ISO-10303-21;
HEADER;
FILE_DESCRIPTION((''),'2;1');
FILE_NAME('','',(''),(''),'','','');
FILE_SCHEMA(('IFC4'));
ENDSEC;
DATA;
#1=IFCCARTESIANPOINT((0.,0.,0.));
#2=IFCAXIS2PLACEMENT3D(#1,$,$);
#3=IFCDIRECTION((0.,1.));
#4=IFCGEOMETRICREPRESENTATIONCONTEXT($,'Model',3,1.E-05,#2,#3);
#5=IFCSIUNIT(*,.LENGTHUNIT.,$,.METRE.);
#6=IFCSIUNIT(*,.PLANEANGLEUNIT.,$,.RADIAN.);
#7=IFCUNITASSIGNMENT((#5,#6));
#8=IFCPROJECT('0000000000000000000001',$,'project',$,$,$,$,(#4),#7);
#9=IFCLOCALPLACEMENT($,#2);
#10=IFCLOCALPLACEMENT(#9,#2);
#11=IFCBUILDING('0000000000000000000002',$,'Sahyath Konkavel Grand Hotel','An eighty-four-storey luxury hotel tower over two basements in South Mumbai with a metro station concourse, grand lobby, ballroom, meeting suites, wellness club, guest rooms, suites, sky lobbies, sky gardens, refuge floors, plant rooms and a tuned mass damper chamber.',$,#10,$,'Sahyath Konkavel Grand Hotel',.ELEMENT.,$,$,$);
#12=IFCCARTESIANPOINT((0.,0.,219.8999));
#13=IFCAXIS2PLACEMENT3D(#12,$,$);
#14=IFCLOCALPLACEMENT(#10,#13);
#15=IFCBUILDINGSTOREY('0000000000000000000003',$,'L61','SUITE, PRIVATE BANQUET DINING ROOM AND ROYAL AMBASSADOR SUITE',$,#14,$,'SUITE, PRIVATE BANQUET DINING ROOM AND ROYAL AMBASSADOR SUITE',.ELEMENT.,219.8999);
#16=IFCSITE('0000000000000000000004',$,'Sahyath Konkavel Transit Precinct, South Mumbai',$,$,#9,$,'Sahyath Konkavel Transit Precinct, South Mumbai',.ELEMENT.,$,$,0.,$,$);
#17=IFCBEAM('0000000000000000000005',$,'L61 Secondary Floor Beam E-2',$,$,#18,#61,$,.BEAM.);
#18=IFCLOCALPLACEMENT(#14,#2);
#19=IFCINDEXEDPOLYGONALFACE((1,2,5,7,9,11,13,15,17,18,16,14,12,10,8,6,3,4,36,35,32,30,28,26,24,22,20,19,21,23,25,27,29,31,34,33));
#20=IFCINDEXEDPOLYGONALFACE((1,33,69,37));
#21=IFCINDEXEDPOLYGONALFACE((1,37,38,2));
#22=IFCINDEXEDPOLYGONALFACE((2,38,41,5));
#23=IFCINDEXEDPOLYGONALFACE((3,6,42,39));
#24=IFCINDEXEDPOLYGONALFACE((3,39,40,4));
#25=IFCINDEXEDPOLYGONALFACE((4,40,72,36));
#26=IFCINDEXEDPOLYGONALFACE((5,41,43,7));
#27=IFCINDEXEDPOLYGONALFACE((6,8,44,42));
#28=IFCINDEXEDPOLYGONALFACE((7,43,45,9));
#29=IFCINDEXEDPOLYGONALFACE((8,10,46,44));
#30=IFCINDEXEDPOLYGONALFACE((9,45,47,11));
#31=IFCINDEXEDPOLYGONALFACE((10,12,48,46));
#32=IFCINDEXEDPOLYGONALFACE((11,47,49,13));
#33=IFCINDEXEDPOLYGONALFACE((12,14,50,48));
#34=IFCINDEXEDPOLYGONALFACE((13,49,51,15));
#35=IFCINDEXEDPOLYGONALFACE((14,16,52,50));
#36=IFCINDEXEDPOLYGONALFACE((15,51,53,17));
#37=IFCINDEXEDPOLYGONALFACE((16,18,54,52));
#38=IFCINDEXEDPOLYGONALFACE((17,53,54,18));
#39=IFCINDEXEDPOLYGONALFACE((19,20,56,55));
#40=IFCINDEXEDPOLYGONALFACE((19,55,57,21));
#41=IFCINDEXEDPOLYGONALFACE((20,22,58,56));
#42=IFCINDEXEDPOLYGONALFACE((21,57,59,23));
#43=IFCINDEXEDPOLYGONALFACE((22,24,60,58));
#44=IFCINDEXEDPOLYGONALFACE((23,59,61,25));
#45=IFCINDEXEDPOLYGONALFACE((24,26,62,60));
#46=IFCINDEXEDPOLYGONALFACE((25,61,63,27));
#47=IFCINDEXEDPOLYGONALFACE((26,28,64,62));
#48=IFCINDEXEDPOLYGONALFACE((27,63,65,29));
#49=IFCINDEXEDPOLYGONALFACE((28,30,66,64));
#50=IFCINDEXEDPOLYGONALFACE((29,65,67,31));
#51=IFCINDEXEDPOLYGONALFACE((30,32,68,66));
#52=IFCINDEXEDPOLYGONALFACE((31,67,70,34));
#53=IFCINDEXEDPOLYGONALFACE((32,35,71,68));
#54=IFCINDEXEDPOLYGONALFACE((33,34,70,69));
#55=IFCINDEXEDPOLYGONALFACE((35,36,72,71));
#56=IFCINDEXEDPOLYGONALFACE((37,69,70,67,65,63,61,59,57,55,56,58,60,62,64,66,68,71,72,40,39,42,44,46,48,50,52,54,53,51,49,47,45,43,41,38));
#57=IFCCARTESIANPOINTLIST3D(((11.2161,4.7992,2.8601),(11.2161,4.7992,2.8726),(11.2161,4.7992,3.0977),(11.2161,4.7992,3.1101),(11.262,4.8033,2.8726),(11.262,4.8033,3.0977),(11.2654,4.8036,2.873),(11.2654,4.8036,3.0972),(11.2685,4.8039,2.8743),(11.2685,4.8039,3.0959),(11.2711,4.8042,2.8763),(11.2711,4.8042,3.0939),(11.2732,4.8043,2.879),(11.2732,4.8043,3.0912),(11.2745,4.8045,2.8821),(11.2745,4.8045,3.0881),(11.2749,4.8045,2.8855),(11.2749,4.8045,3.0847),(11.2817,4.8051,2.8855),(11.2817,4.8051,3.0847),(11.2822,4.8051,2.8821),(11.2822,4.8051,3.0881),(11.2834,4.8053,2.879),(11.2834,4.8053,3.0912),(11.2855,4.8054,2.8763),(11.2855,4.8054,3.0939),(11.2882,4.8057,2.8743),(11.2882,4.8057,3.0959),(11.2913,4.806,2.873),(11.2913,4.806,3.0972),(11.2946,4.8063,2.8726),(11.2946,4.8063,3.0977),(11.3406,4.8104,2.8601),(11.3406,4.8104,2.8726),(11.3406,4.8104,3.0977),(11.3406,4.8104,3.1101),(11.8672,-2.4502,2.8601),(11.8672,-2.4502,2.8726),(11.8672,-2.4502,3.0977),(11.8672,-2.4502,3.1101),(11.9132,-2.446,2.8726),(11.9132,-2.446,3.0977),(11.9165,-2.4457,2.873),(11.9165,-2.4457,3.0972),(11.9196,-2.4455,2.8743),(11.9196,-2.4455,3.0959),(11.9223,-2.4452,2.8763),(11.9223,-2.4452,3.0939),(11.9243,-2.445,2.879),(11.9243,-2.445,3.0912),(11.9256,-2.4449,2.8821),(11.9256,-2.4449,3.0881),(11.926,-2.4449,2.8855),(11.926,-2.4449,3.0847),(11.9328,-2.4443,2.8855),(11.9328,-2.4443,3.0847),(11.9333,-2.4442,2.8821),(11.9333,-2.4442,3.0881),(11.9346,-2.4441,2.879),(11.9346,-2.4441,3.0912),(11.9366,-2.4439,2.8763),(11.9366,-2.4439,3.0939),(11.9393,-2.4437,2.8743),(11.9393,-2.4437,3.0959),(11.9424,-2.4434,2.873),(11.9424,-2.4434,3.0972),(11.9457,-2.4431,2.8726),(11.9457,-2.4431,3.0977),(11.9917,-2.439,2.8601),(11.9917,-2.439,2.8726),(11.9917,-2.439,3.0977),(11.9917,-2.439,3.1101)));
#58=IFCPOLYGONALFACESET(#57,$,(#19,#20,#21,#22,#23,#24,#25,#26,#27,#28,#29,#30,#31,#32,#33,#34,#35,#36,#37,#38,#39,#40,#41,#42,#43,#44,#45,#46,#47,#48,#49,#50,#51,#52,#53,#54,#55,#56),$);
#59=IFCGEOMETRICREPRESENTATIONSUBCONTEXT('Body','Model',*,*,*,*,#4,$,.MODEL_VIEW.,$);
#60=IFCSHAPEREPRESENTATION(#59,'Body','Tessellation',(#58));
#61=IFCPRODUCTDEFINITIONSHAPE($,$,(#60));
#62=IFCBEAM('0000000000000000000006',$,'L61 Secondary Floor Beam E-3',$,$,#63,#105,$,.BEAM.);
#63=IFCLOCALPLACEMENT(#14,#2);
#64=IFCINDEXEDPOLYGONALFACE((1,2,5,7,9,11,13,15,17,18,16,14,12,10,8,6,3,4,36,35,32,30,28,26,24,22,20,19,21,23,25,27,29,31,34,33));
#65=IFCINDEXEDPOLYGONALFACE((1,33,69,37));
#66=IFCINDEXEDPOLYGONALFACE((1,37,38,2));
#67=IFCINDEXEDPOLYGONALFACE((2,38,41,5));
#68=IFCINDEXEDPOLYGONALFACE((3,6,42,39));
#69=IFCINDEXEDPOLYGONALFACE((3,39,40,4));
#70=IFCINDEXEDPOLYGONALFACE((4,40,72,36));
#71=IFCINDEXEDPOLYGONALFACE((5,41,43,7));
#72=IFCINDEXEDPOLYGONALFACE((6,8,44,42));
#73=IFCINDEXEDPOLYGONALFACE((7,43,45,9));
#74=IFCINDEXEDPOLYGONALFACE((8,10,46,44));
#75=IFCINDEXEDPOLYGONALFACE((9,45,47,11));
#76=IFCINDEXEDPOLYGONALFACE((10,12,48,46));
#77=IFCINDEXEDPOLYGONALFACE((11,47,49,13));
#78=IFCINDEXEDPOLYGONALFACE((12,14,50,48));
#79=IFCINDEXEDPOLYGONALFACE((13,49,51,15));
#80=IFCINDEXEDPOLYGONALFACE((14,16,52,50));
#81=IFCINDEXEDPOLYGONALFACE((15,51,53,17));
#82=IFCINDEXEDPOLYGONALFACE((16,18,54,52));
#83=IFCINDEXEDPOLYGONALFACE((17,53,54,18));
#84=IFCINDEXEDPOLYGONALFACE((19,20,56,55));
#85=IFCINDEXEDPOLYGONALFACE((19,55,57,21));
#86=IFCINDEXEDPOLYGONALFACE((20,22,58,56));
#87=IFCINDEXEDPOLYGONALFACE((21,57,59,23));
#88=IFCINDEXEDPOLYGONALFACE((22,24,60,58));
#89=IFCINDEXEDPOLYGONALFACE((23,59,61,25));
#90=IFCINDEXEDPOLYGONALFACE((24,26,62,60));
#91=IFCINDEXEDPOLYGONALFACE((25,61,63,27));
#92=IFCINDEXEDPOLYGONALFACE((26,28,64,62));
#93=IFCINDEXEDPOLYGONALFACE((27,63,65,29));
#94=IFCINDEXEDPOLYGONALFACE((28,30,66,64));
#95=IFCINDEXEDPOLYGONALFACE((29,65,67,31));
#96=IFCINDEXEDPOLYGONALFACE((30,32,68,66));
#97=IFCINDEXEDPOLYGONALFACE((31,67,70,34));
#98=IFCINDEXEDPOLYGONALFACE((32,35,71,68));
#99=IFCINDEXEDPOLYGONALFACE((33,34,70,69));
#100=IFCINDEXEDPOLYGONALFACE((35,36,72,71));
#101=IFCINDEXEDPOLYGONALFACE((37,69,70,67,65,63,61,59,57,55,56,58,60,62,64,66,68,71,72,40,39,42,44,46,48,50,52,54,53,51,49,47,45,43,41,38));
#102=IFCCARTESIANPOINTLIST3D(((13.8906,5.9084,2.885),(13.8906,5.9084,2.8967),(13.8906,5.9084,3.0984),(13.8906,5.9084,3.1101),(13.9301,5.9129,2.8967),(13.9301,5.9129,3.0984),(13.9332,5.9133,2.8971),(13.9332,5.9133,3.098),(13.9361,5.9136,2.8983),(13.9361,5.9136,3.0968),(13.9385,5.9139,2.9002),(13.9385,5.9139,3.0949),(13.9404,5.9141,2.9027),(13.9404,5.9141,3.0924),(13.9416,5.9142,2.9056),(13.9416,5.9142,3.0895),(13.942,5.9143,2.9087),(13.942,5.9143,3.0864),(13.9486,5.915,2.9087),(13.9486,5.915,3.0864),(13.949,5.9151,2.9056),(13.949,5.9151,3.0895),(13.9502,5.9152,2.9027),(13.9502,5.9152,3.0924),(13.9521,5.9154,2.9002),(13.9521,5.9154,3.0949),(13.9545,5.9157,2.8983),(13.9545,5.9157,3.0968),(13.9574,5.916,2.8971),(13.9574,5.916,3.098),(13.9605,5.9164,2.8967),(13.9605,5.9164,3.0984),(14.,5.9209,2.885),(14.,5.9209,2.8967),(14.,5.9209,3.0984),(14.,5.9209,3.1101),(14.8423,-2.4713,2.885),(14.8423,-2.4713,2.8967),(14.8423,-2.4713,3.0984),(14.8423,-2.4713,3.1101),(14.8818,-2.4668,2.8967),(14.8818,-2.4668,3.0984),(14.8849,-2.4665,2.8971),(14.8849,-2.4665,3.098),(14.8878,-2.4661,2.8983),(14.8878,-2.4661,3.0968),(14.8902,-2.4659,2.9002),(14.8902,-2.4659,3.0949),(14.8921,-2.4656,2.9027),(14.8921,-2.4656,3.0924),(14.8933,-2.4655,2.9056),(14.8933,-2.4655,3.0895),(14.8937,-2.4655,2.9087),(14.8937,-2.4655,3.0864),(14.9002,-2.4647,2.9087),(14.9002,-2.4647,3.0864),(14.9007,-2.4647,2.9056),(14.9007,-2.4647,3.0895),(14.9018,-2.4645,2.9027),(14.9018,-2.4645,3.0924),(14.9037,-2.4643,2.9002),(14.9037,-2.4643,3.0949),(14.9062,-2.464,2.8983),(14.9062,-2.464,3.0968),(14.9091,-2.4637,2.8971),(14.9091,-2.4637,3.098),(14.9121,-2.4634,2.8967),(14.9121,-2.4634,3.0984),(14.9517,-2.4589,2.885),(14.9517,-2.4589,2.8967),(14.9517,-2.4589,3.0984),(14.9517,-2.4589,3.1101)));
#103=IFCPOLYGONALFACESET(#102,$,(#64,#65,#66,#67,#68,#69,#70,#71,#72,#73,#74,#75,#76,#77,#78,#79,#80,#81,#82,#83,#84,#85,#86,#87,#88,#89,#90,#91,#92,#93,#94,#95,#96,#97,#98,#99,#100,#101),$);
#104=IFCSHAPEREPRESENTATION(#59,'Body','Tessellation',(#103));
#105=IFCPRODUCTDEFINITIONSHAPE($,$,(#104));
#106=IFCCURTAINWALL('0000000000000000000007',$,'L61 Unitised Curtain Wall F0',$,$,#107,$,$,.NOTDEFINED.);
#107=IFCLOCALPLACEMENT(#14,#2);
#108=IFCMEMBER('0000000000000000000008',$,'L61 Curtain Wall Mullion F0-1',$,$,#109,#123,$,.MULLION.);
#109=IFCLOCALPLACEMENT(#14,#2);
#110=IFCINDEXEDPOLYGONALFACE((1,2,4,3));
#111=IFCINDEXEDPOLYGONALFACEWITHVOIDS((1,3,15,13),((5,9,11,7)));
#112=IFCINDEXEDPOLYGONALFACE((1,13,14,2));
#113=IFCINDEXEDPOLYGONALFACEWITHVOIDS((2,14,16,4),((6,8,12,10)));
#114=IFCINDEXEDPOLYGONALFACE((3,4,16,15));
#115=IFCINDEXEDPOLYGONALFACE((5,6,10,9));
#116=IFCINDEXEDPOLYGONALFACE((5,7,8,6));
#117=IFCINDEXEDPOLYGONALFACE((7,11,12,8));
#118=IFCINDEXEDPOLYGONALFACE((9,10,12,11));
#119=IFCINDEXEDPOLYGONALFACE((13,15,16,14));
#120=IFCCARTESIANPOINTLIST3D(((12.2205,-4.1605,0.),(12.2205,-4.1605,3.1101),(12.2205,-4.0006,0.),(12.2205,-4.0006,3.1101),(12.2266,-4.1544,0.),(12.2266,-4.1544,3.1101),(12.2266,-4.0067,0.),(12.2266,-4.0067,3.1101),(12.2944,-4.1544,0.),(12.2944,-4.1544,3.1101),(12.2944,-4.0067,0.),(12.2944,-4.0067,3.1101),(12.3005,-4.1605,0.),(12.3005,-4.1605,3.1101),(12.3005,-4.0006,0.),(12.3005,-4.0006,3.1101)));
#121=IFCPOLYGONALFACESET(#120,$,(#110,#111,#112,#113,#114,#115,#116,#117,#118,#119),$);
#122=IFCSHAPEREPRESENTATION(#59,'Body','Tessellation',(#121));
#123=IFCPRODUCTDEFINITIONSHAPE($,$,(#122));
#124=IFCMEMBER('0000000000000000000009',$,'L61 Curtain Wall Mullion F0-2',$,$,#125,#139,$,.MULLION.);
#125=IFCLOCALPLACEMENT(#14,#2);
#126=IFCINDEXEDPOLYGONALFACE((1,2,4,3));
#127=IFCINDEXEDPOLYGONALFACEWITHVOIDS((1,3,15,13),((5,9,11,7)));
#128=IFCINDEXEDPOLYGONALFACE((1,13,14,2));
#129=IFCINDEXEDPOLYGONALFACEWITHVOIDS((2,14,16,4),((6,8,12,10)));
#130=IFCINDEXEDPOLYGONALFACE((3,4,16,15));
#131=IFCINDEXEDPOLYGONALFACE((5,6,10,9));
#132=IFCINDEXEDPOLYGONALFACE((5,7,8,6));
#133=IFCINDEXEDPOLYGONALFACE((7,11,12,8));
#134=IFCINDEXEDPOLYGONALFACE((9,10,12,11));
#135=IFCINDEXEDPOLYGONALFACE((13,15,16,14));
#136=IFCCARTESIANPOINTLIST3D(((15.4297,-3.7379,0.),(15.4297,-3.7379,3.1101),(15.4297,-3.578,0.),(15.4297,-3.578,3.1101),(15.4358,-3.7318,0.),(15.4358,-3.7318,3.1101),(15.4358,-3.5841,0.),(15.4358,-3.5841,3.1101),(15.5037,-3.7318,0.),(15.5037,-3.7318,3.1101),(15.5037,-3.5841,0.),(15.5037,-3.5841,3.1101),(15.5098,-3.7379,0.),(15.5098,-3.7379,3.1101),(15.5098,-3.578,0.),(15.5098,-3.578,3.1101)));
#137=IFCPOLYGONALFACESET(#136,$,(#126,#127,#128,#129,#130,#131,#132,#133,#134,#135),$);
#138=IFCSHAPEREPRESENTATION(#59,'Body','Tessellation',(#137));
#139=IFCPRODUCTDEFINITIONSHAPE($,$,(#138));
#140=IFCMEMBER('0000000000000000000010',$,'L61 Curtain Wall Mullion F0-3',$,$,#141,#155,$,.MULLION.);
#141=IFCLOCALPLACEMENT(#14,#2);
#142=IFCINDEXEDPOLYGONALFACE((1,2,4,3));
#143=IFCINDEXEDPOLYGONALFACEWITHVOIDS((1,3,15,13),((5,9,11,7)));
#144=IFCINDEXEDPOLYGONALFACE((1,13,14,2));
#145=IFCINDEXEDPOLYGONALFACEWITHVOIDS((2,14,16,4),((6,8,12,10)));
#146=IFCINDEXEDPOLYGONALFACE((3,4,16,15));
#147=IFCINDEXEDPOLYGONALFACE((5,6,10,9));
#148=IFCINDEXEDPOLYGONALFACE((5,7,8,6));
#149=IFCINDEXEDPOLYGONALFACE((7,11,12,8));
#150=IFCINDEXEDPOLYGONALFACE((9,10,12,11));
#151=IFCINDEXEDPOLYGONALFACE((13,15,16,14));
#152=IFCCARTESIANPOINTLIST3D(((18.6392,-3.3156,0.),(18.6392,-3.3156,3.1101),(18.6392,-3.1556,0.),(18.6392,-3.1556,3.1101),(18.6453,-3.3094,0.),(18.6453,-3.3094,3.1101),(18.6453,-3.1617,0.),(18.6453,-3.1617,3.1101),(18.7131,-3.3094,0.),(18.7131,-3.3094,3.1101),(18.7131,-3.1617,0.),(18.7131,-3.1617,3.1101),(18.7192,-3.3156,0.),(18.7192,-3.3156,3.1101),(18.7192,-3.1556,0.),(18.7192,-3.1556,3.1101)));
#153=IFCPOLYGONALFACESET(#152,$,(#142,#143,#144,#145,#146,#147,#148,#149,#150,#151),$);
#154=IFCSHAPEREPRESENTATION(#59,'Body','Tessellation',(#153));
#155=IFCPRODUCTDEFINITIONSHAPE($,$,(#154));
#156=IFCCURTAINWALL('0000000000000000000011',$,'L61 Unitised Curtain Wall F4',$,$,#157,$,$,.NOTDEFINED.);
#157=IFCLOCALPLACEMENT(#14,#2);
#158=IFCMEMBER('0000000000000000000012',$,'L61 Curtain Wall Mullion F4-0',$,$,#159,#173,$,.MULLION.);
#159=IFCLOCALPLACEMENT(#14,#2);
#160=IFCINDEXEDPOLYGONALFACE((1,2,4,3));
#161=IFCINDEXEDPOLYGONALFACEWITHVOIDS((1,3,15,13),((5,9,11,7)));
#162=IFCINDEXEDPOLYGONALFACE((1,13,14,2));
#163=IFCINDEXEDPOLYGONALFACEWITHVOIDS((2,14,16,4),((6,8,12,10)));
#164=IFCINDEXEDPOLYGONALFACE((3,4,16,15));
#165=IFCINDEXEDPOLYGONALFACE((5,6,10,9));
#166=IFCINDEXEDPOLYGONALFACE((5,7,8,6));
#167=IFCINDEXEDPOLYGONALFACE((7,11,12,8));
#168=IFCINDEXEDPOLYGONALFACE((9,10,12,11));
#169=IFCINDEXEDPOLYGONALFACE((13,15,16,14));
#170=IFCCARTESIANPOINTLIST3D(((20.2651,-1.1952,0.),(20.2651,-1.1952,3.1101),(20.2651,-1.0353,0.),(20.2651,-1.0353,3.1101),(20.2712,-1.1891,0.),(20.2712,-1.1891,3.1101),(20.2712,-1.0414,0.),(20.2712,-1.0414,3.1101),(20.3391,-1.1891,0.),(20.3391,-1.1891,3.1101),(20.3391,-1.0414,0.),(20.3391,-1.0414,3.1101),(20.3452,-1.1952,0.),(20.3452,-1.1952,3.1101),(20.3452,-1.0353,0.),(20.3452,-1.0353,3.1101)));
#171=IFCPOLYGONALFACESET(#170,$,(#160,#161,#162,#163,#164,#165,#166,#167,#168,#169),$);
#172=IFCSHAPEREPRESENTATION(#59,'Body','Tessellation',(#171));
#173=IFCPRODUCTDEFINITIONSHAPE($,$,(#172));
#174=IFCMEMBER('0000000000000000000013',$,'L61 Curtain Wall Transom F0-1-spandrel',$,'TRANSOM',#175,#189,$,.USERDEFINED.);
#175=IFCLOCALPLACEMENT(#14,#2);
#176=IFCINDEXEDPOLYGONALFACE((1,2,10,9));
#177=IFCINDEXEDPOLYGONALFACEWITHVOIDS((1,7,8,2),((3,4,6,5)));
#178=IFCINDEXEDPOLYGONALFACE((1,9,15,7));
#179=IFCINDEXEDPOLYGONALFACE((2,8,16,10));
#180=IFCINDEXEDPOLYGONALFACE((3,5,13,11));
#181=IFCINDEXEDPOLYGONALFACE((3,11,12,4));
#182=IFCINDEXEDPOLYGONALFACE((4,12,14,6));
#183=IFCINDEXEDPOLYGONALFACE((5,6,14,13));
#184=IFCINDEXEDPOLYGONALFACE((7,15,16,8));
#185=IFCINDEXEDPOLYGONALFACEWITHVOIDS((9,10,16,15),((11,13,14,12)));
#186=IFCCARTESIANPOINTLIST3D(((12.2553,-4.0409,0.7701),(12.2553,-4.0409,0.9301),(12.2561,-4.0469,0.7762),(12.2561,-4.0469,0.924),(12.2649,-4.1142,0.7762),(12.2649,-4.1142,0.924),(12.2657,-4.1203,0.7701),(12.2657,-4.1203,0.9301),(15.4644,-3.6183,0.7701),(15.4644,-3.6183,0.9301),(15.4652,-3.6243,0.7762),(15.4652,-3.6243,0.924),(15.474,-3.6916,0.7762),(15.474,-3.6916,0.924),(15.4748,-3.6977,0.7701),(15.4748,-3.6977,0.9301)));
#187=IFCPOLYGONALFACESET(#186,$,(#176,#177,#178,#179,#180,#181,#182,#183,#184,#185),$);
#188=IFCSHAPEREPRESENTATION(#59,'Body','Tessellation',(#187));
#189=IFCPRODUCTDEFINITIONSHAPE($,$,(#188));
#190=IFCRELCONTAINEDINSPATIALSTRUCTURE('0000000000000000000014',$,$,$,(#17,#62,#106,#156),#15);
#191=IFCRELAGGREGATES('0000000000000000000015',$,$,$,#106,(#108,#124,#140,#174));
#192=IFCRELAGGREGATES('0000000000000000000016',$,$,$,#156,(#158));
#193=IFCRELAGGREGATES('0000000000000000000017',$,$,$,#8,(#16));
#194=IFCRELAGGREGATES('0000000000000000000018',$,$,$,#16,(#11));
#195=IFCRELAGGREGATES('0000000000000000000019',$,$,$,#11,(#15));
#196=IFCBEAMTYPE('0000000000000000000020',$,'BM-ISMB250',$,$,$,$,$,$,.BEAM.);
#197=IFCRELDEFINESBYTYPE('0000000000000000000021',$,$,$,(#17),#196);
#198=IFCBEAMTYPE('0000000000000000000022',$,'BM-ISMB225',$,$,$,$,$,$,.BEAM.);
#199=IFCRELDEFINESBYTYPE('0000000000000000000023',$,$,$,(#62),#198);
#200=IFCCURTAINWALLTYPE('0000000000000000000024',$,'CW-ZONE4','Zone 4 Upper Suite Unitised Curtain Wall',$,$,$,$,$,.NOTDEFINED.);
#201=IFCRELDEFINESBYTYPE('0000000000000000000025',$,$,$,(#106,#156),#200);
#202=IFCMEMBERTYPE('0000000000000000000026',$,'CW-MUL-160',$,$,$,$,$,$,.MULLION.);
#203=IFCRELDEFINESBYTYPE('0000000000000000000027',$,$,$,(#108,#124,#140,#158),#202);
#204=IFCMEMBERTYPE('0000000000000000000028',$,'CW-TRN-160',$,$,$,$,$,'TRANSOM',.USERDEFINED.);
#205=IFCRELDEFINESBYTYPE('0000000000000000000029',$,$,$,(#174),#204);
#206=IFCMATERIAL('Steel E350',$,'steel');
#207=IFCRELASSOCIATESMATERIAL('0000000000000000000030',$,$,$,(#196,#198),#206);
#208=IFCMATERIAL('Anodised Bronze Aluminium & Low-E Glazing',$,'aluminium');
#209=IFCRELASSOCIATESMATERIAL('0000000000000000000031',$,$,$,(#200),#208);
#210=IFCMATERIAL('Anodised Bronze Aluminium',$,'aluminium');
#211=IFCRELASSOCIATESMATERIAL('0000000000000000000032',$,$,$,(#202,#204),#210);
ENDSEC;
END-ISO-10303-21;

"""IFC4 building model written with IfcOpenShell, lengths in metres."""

from ifc_helpers import new_model, si_unit, direction, frame, origin, origin_2d, place, context, subcontext, project, spatial, hollow_rectangle, i_section, extrude, source, transform, mapped, material, material_profile, profile_set, type_object, element, aggregate, save


model = new_model("IFC4")

# Units and contexts
model_context = context("Model", 3, precision=1e-05, world=origin(), true_north=direction((0.0, 1.0)))
body_context = subcontext(model_context, "Body", "Model", "MODEL_VIEW")
ifc_project = project(units=[si_unit("LENGTHUNIT", "METRE"), si_unit("PLANEANGLEUNIT", "RADIAN")], contexts=[model_context])

# Site, building, storey
site_placement = place(None, origin())
site = spatial("IfcSite", under=ifc_project, at=site_placement, Name="Sahyath Konkavel Transit Precinct, South Mumbai", LongName="Sahyath Konkavel Transit Precinct, South Mumbai", CompositionType="ELEMENT", RefElevation=0.0)
building_placement = place(site_placement, origin())
building = spatial("IfcBuilding", under=site, at=building_placement, Name="Sahyath Konkavel Grand Hotel", Description="An eighty-four-storey luxury hotel tower over two basements in South Mumbai with a metro station concourse, grand lobby, ballroom, meeting suites, wellness club, guest rooms, suites, sky lobbies, sky gardens, refuge floors, plant rooms and a tuned mass damper chamber.", LongName="Sahyath Konkavel Grand Hotel", CompositionType="ELEMENT")
storey_placement = place(building_placement, frame((0.0, 0.0, 219.8999)))
storey = spatial("IfcBuildingStorey", under=building, at=storey_placement, Name="L61", Description="SUITE, PRIVATE BANQUET DINING ROOM AND ROYAL AMBASSADOR SUITE", LongName="SUITE, PRIVATE BANQUET DINING ROOM AND ROYAL AMBASSADOR SUITE", CompositionType="ELEMENT", Elevation=219.8999)

# Beams
ifc_material_1 = material(Name="Steel E350", Category="steel")
ifc_material_profile_1 = material_profile(ifc_material_1, i_section(OverallWidth=0.125, OverallDepth=0.25, WebThickness=0.0068, FlangeThickness=0.0125, FilletRadius=0.0129, at=origin_2d()), Name="ISMB 250")
ifc_profile_set_1 = profile_set([ifc_material_profile_1], Name="Steel E350")
beam_type_1 = type_object("IfcBeamType", Name="BM-ISMB250", PredefinedType="BEAM", material=ifc_profile_set_1)
shared_shape_1 = source(origin(), body_context, "Body", "SweptSolid", [
    extrude(i_section(OverallWidth=0.125, OverallDepth=0.25, WebThickness=0.0068, FlangeThickness=0.0125, FilletRadius=0.0129, at=origin_2d()), origin(), (0.0, 0.0, 1.0), 7.2786),
])
beam_1_placement = place(storey_placement, frame((11.9294, -2.4446, 2.9851), z_axis=(-0.089459, 0.995991, 0.0), x_axis=(-0.995991, -0.089459, 0.0)))
element("IfcBeam", 1, at=beam_1_placement, inside=storey, type_object=beam_type_1, Name="L61 Secondary Floor Beam E-2", PredefinedType="BEAM", context=body_context, shape_type="MappedRepresentation", body=[
    mapped(shared_shape_1, transform((0.0, 0.0, 0.0), scale=1.0)),
])
ifc_material_profile_2 = material_profile(ifc_material_1, i_section(OverallWidth=0.1101, OverallDepth=0.2251, WebThickness=0.0066, FlangeThickness=0.0117, FilletRadius=0.012, at=origin_2d()), Name="ISMB 225")
ifc_profile_set_2 = profile_set([ifc_material_profile_2], Name="Steel E350")
beam_type_2 = type_object("IfcBeamType", Name="BM-ISMB225", PredefinedType="BEAM", material=ifc_profile_set_2)
shared_shape_2 = source(origin(), body_context, "Body", "SweptSolid", [
    extrude(i_section(OverallWidth=0.1101, OverallDepth=0.2251, WebThickness=0.0066, FlangeThickness=0.0117, FilletRadius=0.012, at=origin_2d()), origin(), (0.0, 0.0, 1.0), 8.4336),
])
beam_2_placement = place(storey_placement, frame((14.897, -2.4651, 2.9976), z_axis=(-0.112843, 0.993613, 0.0), x_axis=(-0.993613, -0.112843, 0.0)))
element("IfcBeam", 2, at=beam_2_placement, inside=storey, type_object=beam_type_2, Name="L61 Secondary Floor Beam E-3", PredefinedType="BEAM", context=body_context, shape_type="MappedRepresentation", body=[
    mapped(shared_shape_2, transform((0.0, 0.0, 0.0), scale=1.0)),
])

# Curtain wall, members
ifc_material_2 = material(Name="Anodised Bronze Aluminium & Low-E Glazing", Category="aluminium")
curtain_wall_type = type_object("IfcCurtainWallType", Name="CW-ZONE4", Description="Zone 4 Upper Suite Unitised Curtain Wall", PredefinedType="NOTDEFINED", material=ifc_material_2)
curtain_wall_1_placement = place(storey_placement, origin())
curtain_wall_1 = element("IfcCurtainWall", 3, at=curtain_wall_1_placement, inside=storey, type_object=curtain_wall_type, Name="L61 Unitised Curtain Wall F0", PredefinedType="NOTDEFINED")
ifc_material_3 = material(Name="Anodised Bronze Aluminium", Category="aluminium")
ifc_material_profile_3 = material_profile(ifc_material_3, hollow_rectangle(XDim=0.0801, YDim=0.1599, WallThickness=0.0061, at=origin_2d()), Name="RHS 160x80x6")
ifc_profile_set_3 = profile_set([ifc_material_profile_3], Name="Anodised Bronze Aluminium")
member_type_1 = type_object("IfcMemberType", Name="CW-MUL-160", PredefinedType="MULLION", material=ifc_profile_set_3)
shared_shape_3 = source(origin(), body_context, "Body", "SweptSolid", [
    extrude(hollow_rectangle(XDim=0.0801, YDim=0.1599, WallThickness=0.0061, at=origin_2d()), origin(), (0.0, 0.0, 1.0), 3.1101),
])
member_1_placement = place(storey_placement, frame((12.2605, -4.0806, 0.0), z_axis=(0.0, 0.0, 1.0), x_axis=(1.0, 0.0, 0.0)))
member_1 = element("IfcMember", 4, at=member_1_placement, type_object=member_type_1, Name="L61 Curtain Wall Mullion F0-1", PredefinedType="MULLION", context=body_context, shape_type="MappedRepresentation", body=[
    mapped(shared_shape_3, transform((0.0, 0.0, 0.0), scale=1.0)),
])
member_2_placement = place(storey_placement, frame((15.4697, -3.658, 0.0), z_axis=(0.0, 0.0, 1.0), x_axis=(1.0, 0.0, 0.0)))
member_2 = element("IfcMember", 5, at=member_2_placement, type_object=member_type_1, Name="L61 Curtain Wall Mullion F0-2", PredefinedType="MULLION", context=body_context, shape_type="MappedRepresentation", body=[
    mapped(shared_shape_3, transform((0.0, 0.0, 0.0), scale=1.0)),
])
member_3_placement = place(storey_placement, frame((18.6792, -3.2356, 0.0), z_axis=(0.0, 0.0, 1.0), x_axis=(1.0, 0.0, 0.0)))
member_3 = element("IfcMember", 6, at=member_3_placement, type_object=member_type_1, Name="L61 Curtain Wall Mullion F0-3", PredefinedType="MULLION", context=body_context, shape_type="MappedRepresentation", body=[
    mapped(shared_shape_3, transform((0.0, 0.0, 0.0), scale=1.0)),
])

# Curtain wall, member
curtain_wall_2_placement = place(storey_placement, origin())
curtain_wall_2 = element("IfcCurtainWall", 7, at=curtain_wall_2_placement, inside=storey, type_object=curtain_wall_type, Name="L61 Unitised Curtain Wall F4", PredefinedType="NOTDEFINED")
member_4_placement = place(storey_placement, frame((20.3052, -1.1152, 0.0), z_axis=(0.0, 0.0, 1.0), x_axis=(1.0, 0.0, 0.0)))
member_4 = element("IfcMember", 8, at=member_4_placement, type_object=member_type_1, Name="L61 Curtain Wall Mullion F4-0", PredefinedType="MULLION", context=body_context, shape_type="MappedRepresentation", body=[
    mapped(shared_shape_3, transform((0.0, 0.0, 0.0), scale=1.0)),
])

# Member
ifc_material_profile_4 = material_profile(ifc_material_3, hollow_rectangle(XDim=0.0801, YDim=0.1599, WallThickness=0.0061, at=origin_2d()), Name="RHS 160x80x6")
ifc_profile_set_4 = profile_set([ifc_material_profile_4], Name="Anodised Bronze Aluminium")
member_type_2 = type_object("IfcMemberType", Name="CW-TRN-160", ElementType="TRANSOM", PredefinedType="USERDEFINED", material=ifc_profile_set_4)
shared_shape_4 = source(origin(), body_context, "Body", "SweptSolid", [
    extrude(hollow_rectangle(XDim=0.0801, YDim=0.1599, WallThickness=0.0061, at=origin_2d()), origin(), (0.0, 0.0, 1.0), 3.2368),
])
member_5_placement = place(storey_placement, frame((12.2605, -4.0806, 0.8501), z_axis=(0.991441, 0.130558, 0.0), x_axis=(-0.130558, 0.991441, 0.0)))
member_5 = element("IfcMember", 9, at=member_5_placement, type_object=member_type_2, Name="L61 Curtain Wall Transom F0-1-spandrel", ObjectType="TRANSOM", PredefinedType="USERDEFINED", context=body_context, shape_type="MappedRepresentation", body=[
    mapped(shared_shape_4, transform((0.0, 0.0, 0.0), scale=1.0)),
])

aggregate(curtain_wall_1, [member_1, member_2, member_3, member_5])
aggregate(curtain_wall_2, [member_4])

save(model, "model.ifc")
